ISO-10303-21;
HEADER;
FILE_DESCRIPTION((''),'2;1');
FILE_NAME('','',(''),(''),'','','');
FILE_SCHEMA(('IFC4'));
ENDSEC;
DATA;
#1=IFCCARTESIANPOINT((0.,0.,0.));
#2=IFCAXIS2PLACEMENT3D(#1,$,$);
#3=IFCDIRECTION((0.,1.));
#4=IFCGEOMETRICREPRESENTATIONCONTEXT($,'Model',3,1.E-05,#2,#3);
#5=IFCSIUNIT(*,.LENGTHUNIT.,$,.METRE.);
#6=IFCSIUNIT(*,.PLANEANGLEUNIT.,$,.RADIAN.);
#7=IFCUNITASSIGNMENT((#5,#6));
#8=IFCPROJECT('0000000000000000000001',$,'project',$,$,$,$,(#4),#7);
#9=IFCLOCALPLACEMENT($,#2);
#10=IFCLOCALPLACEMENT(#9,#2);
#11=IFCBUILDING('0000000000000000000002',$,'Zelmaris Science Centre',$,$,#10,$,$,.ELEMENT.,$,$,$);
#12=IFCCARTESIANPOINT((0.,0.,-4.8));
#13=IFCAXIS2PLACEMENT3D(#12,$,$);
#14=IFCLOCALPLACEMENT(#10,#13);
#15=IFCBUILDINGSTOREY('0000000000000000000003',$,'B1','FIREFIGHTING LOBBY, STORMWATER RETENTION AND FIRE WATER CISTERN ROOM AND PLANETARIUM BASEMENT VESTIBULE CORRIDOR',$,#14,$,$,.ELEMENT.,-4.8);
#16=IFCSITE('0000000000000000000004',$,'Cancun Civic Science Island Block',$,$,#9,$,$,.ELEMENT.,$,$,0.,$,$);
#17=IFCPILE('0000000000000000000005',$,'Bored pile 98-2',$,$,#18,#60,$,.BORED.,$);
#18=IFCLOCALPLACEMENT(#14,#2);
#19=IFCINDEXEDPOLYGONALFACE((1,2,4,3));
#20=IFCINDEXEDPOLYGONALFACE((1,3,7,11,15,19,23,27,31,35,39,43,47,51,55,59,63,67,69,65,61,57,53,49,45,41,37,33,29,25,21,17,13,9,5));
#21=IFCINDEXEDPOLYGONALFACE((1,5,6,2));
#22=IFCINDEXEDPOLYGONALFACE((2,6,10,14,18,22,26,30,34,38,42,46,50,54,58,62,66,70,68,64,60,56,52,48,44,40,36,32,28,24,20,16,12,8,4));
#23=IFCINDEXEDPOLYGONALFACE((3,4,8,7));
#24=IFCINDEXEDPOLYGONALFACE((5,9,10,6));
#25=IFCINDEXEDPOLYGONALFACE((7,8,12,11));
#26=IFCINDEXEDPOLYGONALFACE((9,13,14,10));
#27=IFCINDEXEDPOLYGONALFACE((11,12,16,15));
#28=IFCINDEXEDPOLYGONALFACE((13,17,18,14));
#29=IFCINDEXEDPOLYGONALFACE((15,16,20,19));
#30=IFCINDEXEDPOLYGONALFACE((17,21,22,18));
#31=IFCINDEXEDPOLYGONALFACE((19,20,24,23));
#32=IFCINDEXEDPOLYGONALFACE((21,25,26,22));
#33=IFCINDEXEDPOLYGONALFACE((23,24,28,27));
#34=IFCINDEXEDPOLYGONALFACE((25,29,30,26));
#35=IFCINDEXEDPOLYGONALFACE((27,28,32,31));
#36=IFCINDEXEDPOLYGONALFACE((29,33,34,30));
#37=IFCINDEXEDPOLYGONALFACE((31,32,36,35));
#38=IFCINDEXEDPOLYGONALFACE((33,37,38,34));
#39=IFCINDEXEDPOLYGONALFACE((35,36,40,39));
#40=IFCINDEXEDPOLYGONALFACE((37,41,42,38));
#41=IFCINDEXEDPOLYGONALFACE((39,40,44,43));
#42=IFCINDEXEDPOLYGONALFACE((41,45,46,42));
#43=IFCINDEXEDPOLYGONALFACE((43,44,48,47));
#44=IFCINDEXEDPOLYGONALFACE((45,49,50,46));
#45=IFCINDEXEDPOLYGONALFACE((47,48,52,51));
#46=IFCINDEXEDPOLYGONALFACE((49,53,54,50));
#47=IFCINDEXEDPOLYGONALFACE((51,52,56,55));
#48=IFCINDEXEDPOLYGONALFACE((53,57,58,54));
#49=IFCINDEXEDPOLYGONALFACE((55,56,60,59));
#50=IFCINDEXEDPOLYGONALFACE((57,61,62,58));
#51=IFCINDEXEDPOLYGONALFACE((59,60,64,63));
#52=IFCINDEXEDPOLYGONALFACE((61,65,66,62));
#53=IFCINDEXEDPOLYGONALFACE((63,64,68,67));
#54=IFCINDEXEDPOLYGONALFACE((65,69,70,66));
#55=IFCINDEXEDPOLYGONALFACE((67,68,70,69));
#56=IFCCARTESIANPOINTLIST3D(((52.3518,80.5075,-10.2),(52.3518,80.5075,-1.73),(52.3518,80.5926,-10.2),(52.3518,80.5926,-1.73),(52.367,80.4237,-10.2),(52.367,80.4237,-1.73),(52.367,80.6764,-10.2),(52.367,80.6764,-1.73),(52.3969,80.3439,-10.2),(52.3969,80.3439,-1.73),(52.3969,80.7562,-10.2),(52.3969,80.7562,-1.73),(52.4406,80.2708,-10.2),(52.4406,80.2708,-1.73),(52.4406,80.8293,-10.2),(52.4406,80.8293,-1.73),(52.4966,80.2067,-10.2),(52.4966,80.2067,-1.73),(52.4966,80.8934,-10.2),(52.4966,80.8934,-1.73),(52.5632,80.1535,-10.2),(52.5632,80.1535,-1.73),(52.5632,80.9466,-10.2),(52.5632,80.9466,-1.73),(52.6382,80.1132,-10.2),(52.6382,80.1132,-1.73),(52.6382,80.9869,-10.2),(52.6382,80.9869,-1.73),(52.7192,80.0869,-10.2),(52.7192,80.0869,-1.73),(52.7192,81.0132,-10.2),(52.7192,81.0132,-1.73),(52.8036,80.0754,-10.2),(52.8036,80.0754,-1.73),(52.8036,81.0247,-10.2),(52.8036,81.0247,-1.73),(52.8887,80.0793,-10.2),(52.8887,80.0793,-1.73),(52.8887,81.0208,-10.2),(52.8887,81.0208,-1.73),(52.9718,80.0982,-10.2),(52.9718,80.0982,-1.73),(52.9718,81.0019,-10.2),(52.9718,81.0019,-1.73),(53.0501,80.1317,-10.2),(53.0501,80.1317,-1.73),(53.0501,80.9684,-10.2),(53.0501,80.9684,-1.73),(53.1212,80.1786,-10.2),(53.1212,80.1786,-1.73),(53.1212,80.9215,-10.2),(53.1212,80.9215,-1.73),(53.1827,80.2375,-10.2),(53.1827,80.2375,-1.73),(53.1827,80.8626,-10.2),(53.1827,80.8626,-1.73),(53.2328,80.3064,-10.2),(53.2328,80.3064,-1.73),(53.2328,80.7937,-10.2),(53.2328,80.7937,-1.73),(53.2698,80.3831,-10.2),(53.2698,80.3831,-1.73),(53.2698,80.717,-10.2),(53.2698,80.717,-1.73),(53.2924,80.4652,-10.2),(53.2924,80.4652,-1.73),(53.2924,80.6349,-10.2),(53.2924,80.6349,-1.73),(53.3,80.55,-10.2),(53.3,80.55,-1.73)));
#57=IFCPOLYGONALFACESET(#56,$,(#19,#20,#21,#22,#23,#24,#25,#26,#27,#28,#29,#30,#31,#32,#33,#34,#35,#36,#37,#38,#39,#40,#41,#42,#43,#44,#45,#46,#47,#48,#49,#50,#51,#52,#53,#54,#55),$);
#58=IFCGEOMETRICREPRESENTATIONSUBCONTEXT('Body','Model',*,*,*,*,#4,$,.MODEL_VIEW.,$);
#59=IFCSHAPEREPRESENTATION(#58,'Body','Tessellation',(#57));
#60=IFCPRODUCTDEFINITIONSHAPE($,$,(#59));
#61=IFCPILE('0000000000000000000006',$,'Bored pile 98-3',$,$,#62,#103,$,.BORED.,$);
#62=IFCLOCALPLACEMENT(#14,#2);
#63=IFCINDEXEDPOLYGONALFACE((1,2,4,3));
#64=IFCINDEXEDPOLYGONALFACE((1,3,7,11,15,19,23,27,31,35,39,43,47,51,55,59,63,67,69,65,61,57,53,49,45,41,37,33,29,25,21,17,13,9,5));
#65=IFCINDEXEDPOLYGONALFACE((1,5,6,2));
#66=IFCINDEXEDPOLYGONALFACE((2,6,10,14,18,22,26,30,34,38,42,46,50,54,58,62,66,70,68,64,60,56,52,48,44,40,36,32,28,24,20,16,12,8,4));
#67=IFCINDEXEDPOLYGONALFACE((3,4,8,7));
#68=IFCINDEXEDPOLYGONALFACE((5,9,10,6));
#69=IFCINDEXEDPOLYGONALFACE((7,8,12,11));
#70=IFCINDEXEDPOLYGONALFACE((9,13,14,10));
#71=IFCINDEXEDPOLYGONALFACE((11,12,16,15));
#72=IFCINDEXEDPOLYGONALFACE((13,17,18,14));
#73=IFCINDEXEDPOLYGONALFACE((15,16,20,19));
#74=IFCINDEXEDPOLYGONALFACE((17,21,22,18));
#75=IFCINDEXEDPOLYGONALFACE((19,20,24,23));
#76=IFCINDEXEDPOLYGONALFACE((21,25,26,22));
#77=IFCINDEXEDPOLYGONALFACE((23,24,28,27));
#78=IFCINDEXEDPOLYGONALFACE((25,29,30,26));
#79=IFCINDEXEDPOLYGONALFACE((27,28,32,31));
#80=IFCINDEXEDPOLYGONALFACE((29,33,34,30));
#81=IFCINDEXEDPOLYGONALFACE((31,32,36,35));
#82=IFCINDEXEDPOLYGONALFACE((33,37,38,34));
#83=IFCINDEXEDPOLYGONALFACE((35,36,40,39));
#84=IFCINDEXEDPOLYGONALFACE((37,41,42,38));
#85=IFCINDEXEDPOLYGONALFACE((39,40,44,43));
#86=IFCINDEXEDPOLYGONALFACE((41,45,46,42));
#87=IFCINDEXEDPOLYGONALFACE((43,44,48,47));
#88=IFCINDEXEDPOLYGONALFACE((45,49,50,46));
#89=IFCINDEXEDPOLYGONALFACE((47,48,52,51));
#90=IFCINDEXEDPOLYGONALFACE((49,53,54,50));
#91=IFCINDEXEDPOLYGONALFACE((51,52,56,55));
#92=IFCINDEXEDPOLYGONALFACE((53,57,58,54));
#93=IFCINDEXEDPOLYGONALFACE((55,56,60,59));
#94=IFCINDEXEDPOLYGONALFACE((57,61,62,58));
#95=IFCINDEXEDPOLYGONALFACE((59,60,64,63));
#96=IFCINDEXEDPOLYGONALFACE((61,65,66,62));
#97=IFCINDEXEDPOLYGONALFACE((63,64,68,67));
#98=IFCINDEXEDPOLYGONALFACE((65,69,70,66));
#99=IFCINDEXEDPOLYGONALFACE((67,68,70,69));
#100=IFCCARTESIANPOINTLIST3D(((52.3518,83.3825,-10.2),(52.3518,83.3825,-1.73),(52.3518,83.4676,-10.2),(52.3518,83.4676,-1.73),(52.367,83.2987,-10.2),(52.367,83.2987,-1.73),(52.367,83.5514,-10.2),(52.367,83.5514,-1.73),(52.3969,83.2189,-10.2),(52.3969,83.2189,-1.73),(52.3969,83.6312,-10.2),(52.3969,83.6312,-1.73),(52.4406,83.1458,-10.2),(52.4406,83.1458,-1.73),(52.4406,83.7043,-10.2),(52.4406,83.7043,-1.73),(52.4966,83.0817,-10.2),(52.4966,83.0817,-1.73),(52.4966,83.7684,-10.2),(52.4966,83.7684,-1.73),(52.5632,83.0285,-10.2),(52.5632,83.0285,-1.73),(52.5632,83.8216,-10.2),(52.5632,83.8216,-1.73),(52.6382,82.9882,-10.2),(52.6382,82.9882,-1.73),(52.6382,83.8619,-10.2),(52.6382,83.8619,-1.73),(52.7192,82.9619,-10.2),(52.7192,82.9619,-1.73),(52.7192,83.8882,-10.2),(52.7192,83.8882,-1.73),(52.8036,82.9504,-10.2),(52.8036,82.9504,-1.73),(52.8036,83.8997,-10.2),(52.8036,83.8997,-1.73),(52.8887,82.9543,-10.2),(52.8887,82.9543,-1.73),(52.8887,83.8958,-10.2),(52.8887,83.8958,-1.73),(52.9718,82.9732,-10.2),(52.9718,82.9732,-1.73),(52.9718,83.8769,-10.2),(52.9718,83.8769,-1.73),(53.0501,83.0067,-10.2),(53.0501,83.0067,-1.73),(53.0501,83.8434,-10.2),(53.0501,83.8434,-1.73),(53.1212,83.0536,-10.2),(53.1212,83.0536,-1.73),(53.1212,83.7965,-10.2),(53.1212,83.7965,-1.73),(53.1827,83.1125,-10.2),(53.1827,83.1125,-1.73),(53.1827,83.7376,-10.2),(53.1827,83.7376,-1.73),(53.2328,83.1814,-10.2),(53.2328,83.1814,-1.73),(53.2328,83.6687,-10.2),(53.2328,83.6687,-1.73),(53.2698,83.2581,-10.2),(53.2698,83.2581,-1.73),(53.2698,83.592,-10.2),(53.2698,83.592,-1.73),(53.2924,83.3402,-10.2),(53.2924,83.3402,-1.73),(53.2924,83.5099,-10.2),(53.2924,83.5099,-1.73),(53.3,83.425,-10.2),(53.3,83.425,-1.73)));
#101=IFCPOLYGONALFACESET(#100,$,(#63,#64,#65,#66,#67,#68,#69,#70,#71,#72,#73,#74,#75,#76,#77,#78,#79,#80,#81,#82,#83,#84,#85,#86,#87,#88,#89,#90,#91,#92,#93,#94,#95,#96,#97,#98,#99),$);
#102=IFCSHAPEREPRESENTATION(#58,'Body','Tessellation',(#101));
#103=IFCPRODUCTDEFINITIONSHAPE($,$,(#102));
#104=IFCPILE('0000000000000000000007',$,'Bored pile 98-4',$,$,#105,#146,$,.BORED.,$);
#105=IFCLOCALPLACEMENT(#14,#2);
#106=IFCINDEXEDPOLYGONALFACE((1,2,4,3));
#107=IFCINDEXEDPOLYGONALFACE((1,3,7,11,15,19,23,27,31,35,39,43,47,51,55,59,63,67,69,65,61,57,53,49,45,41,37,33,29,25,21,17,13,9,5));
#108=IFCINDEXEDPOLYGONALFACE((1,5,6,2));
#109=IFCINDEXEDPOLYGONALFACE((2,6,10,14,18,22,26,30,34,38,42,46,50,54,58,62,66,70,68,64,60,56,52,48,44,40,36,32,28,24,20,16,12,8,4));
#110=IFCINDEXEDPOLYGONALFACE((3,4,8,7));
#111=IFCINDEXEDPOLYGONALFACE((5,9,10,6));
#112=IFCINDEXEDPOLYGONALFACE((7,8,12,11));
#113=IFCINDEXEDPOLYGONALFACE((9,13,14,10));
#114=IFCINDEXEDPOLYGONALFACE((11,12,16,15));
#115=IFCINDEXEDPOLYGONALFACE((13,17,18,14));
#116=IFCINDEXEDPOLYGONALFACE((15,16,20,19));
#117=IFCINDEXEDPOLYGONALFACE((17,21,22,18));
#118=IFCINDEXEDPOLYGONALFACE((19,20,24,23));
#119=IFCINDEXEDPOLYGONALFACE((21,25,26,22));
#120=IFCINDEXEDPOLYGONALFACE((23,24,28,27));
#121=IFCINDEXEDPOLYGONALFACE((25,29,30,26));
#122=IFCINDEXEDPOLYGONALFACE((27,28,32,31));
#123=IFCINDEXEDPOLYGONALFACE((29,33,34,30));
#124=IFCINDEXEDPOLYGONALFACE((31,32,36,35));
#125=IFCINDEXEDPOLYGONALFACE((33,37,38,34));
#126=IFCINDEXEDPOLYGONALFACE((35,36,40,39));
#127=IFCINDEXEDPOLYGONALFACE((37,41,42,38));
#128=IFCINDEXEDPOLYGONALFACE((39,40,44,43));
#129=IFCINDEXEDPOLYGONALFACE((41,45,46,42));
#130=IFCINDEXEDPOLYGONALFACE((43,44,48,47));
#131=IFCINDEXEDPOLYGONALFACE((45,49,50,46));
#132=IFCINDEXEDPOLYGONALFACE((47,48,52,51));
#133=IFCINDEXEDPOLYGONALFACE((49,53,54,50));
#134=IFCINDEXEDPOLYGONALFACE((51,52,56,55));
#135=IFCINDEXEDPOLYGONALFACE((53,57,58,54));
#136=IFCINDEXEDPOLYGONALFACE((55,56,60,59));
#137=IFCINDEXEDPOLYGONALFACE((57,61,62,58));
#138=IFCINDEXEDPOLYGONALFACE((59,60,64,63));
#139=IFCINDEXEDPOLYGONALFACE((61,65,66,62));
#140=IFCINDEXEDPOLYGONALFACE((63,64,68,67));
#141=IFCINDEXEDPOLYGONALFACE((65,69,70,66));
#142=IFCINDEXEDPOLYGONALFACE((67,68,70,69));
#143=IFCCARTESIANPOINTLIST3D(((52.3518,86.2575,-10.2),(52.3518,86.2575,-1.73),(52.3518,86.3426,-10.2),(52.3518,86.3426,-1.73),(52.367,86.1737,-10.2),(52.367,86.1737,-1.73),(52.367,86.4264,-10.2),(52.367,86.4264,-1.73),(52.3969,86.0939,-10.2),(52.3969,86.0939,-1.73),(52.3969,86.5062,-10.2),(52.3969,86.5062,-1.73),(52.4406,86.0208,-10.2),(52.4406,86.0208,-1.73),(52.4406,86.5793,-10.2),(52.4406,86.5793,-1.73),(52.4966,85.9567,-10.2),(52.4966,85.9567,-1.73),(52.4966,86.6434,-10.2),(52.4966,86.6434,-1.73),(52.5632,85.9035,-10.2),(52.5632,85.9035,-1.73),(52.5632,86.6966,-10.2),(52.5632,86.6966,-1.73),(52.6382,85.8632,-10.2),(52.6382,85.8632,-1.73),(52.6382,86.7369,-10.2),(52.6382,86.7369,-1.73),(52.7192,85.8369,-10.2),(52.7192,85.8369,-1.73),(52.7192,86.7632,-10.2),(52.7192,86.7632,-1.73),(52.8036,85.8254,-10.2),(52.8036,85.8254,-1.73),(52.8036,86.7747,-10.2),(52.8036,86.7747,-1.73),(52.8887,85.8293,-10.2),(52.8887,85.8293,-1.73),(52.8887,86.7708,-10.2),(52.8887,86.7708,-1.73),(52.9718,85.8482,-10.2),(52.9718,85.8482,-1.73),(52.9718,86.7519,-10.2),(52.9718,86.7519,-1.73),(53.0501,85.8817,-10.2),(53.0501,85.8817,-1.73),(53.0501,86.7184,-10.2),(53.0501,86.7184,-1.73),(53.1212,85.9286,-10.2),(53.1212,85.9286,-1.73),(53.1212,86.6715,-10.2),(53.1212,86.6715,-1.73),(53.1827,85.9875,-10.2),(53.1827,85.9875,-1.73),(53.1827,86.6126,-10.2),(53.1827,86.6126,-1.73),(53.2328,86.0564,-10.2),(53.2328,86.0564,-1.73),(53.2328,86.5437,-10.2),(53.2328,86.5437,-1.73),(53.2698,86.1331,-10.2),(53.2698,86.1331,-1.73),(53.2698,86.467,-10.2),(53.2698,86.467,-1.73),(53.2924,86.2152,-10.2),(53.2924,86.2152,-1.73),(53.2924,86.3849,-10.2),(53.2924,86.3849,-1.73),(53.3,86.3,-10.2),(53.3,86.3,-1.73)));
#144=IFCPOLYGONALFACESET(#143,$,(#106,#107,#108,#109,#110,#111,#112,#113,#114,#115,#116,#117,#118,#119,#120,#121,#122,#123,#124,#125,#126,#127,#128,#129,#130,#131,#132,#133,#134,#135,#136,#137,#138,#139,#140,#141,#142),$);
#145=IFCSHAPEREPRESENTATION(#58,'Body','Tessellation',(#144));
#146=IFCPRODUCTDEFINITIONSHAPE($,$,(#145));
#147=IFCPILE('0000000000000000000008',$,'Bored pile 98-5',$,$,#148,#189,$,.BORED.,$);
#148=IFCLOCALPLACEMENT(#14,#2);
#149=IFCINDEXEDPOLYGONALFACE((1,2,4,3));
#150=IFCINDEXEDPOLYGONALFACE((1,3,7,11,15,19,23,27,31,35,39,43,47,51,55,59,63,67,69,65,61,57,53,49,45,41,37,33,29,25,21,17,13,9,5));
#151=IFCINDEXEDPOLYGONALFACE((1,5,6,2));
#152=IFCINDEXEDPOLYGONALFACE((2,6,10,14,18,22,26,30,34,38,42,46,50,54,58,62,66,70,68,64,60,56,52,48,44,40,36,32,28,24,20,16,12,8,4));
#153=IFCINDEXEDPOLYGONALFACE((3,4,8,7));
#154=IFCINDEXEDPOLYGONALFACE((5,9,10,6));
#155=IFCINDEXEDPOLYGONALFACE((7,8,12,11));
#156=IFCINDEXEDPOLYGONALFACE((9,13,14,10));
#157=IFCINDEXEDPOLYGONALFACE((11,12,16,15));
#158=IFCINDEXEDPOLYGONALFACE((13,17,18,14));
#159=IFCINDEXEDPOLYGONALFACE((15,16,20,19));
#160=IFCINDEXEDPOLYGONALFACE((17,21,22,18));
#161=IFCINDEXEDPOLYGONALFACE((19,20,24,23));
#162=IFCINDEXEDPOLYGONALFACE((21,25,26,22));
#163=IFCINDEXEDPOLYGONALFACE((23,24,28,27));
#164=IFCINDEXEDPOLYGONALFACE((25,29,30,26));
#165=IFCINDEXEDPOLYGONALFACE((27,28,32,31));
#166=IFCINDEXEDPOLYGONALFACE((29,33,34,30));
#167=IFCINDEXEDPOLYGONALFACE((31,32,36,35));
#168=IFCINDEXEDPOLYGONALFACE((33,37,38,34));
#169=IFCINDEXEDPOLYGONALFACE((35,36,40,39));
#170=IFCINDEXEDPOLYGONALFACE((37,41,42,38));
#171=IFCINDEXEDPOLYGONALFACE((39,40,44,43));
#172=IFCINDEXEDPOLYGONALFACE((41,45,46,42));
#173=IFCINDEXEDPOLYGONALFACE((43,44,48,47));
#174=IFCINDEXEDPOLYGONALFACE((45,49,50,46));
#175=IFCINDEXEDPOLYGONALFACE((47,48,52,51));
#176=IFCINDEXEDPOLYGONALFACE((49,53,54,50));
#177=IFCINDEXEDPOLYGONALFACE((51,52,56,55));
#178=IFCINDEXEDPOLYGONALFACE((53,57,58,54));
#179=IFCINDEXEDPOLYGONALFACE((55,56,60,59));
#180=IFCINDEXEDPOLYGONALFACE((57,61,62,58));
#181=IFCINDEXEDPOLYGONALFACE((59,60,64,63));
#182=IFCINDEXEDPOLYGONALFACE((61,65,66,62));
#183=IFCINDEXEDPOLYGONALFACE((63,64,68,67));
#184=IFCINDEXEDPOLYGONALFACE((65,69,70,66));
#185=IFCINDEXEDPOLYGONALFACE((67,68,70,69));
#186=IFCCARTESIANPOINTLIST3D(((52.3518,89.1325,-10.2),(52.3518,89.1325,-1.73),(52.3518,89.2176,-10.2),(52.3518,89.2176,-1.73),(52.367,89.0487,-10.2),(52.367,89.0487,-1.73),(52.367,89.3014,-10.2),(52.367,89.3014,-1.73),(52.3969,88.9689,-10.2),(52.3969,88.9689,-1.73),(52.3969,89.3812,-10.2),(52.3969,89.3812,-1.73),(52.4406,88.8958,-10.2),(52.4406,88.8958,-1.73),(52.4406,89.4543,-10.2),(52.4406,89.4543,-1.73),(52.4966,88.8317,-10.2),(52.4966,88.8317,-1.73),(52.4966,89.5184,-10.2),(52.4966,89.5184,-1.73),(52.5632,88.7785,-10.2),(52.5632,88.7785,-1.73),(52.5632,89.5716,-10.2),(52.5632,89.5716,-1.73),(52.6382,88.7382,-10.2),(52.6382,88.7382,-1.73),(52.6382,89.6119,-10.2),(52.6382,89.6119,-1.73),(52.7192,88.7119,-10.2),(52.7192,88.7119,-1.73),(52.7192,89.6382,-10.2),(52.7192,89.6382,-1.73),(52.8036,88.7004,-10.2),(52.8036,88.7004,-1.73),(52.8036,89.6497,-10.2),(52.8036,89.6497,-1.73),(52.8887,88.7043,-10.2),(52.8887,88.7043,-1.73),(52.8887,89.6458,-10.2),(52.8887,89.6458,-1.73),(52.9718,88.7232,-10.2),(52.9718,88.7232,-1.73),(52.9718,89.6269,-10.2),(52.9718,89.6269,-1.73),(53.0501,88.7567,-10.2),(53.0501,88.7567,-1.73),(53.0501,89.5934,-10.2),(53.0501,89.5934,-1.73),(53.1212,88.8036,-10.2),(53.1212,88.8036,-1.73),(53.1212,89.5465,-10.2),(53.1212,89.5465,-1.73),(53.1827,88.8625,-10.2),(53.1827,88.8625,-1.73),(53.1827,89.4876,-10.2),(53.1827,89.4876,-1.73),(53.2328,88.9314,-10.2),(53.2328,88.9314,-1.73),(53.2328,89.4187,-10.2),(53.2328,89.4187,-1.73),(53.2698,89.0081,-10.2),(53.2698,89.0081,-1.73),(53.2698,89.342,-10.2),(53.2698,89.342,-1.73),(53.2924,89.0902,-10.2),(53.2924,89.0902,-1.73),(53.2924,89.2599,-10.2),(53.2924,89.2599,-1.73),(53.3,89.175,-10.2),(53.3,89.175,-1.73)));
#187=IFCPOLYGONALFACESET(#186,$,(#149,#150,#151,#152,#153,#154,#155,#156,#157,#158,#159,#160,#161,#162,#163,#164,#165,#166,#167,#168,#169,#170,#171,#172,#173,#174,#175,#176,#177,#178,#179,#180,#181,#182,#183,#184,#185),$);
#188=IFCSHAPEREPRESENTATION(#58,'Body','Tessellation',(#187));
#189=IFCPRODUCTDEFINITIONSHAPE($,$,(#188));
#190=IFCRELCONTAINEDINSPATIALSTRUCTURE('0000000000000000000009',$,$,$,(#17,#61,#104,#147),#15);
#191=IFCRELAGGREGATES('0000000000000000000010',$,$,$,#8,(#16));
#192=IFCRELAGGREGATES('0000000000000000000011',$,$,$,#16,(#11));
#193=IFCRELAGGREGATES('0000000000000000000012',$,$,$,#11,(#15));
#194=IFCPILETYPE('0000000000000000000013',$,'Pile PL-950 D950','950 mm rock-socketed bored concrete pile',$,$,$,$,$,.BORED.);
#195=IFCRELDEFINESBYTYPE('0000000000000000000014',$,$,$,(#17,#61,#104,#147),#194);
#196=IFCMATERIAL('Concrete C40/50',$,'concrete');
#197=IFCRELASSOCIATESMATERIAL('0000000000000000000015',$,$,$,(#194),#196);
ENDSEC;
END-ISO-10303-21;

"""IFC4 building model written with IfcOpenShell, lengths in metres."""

from ifc_helpers import new_model, si_unit, direction, frame, origin, origin_2d, place, context, subcontext, project, spatial, circle, extrude, material, material_profile, profile_set, type_object, element, save


model = new_model("IFC4")

# Units and contexts
model_context = context("Model", 3, precision=1e-05, world=origin(), true_north=direction((0.0, 1.0)))
body_context = subcontext(model_context, "Body", "Model", "MODEL_VIEW")
ifc_project = project(units=[si_unit("LENGTHUNIT", "METRE"), si_unit("PLANEANGLEUNIT", "RADIAN")], contexts=[model_context])

# Site, building, storey
site_placement = place(None, origin())
site = spatial("IfcSite", under=ifc_project, at=site_placement, Name="Cancun Civic Science Island Block", CompositionType="ELEMENT", RefElevation=0.0)
building_placement = place(site_placement, origin())
building = spatial("IfcBuilding", under=site, at=building_placement, Name="Zelmaris Science Centre", CompositionType="ELEMENT")
storey_placement = place(building_placement, frame((0.0, 0.0, -4.8)))
storey = spatial("IfcBuildingStorey", under=building, at=storey_placement, Name="B1", Description="FIREFIGHTING LOBBY, STORMWATER RETENTION AND FIRE WATER CISTERN ROOM AND PLANETARIUM BASEMENT VESTIBULE CORRIDOR", CompositionType="ELEMENT", Elevation=-4.8)

# Shared definitions
ifc_material_1 = material(Name="Concrete C40/50", Category="concrete")

# Piles
ifc_material_profile_1 = material_profile(ifc_material_1, circle(Radius=0.4751, at=origin_2d()), Name="PILE-950")
ifc_profile_set_1 = profile_set([ifc_material_profile_1], Name="Concrete C40/50")
pile_type_1 = type_object("IfcPileType", Name="Pile PL-950 D950", Description="950 mm rock-socketed bored concrete pile", PredefinedType="BORED", material=ifc_profile_set_1)
for number, where, z_axis, x_axis, name in (
    (1, (52.825, 80.55, -1.73), (0.0, 0.0, -1.0), (1.0, 0.0, 0.0), "Bored pile 98-2"),
    (2, (52.825, 83.425, -1.73), (0.0, 0.0, -1.0), (1.0, 0.0, 0.0), "Bored pile 98-3"),
    (3, (52.825, 86.3, -1.73), (0.0, 0.0, -1.0), (1.0, 0.0, 0.0), "Bored pile 98-4"),
    (4, (52.825, 89.175, -1.73), (0.0, 0.0, -1.0), (1.0, 0.0, 0.0), "Bored pile 98-5"),
):
    element("IfcPile", number, at=place(storey_placement, frame(where, z_axis=z_axis, x_axis=x_axis)), inside=storey, type_object=pile_type_1, Name=name, PredefinedType="BORED", context=body_context, shape_type="SweptSolid", body=[
        extrude(circle(Radius=0.4751, at=origin_2d()), origin(), (0.0, 0.0, 1.0), 8.47),
    ])

save(model, "model.ifc")
